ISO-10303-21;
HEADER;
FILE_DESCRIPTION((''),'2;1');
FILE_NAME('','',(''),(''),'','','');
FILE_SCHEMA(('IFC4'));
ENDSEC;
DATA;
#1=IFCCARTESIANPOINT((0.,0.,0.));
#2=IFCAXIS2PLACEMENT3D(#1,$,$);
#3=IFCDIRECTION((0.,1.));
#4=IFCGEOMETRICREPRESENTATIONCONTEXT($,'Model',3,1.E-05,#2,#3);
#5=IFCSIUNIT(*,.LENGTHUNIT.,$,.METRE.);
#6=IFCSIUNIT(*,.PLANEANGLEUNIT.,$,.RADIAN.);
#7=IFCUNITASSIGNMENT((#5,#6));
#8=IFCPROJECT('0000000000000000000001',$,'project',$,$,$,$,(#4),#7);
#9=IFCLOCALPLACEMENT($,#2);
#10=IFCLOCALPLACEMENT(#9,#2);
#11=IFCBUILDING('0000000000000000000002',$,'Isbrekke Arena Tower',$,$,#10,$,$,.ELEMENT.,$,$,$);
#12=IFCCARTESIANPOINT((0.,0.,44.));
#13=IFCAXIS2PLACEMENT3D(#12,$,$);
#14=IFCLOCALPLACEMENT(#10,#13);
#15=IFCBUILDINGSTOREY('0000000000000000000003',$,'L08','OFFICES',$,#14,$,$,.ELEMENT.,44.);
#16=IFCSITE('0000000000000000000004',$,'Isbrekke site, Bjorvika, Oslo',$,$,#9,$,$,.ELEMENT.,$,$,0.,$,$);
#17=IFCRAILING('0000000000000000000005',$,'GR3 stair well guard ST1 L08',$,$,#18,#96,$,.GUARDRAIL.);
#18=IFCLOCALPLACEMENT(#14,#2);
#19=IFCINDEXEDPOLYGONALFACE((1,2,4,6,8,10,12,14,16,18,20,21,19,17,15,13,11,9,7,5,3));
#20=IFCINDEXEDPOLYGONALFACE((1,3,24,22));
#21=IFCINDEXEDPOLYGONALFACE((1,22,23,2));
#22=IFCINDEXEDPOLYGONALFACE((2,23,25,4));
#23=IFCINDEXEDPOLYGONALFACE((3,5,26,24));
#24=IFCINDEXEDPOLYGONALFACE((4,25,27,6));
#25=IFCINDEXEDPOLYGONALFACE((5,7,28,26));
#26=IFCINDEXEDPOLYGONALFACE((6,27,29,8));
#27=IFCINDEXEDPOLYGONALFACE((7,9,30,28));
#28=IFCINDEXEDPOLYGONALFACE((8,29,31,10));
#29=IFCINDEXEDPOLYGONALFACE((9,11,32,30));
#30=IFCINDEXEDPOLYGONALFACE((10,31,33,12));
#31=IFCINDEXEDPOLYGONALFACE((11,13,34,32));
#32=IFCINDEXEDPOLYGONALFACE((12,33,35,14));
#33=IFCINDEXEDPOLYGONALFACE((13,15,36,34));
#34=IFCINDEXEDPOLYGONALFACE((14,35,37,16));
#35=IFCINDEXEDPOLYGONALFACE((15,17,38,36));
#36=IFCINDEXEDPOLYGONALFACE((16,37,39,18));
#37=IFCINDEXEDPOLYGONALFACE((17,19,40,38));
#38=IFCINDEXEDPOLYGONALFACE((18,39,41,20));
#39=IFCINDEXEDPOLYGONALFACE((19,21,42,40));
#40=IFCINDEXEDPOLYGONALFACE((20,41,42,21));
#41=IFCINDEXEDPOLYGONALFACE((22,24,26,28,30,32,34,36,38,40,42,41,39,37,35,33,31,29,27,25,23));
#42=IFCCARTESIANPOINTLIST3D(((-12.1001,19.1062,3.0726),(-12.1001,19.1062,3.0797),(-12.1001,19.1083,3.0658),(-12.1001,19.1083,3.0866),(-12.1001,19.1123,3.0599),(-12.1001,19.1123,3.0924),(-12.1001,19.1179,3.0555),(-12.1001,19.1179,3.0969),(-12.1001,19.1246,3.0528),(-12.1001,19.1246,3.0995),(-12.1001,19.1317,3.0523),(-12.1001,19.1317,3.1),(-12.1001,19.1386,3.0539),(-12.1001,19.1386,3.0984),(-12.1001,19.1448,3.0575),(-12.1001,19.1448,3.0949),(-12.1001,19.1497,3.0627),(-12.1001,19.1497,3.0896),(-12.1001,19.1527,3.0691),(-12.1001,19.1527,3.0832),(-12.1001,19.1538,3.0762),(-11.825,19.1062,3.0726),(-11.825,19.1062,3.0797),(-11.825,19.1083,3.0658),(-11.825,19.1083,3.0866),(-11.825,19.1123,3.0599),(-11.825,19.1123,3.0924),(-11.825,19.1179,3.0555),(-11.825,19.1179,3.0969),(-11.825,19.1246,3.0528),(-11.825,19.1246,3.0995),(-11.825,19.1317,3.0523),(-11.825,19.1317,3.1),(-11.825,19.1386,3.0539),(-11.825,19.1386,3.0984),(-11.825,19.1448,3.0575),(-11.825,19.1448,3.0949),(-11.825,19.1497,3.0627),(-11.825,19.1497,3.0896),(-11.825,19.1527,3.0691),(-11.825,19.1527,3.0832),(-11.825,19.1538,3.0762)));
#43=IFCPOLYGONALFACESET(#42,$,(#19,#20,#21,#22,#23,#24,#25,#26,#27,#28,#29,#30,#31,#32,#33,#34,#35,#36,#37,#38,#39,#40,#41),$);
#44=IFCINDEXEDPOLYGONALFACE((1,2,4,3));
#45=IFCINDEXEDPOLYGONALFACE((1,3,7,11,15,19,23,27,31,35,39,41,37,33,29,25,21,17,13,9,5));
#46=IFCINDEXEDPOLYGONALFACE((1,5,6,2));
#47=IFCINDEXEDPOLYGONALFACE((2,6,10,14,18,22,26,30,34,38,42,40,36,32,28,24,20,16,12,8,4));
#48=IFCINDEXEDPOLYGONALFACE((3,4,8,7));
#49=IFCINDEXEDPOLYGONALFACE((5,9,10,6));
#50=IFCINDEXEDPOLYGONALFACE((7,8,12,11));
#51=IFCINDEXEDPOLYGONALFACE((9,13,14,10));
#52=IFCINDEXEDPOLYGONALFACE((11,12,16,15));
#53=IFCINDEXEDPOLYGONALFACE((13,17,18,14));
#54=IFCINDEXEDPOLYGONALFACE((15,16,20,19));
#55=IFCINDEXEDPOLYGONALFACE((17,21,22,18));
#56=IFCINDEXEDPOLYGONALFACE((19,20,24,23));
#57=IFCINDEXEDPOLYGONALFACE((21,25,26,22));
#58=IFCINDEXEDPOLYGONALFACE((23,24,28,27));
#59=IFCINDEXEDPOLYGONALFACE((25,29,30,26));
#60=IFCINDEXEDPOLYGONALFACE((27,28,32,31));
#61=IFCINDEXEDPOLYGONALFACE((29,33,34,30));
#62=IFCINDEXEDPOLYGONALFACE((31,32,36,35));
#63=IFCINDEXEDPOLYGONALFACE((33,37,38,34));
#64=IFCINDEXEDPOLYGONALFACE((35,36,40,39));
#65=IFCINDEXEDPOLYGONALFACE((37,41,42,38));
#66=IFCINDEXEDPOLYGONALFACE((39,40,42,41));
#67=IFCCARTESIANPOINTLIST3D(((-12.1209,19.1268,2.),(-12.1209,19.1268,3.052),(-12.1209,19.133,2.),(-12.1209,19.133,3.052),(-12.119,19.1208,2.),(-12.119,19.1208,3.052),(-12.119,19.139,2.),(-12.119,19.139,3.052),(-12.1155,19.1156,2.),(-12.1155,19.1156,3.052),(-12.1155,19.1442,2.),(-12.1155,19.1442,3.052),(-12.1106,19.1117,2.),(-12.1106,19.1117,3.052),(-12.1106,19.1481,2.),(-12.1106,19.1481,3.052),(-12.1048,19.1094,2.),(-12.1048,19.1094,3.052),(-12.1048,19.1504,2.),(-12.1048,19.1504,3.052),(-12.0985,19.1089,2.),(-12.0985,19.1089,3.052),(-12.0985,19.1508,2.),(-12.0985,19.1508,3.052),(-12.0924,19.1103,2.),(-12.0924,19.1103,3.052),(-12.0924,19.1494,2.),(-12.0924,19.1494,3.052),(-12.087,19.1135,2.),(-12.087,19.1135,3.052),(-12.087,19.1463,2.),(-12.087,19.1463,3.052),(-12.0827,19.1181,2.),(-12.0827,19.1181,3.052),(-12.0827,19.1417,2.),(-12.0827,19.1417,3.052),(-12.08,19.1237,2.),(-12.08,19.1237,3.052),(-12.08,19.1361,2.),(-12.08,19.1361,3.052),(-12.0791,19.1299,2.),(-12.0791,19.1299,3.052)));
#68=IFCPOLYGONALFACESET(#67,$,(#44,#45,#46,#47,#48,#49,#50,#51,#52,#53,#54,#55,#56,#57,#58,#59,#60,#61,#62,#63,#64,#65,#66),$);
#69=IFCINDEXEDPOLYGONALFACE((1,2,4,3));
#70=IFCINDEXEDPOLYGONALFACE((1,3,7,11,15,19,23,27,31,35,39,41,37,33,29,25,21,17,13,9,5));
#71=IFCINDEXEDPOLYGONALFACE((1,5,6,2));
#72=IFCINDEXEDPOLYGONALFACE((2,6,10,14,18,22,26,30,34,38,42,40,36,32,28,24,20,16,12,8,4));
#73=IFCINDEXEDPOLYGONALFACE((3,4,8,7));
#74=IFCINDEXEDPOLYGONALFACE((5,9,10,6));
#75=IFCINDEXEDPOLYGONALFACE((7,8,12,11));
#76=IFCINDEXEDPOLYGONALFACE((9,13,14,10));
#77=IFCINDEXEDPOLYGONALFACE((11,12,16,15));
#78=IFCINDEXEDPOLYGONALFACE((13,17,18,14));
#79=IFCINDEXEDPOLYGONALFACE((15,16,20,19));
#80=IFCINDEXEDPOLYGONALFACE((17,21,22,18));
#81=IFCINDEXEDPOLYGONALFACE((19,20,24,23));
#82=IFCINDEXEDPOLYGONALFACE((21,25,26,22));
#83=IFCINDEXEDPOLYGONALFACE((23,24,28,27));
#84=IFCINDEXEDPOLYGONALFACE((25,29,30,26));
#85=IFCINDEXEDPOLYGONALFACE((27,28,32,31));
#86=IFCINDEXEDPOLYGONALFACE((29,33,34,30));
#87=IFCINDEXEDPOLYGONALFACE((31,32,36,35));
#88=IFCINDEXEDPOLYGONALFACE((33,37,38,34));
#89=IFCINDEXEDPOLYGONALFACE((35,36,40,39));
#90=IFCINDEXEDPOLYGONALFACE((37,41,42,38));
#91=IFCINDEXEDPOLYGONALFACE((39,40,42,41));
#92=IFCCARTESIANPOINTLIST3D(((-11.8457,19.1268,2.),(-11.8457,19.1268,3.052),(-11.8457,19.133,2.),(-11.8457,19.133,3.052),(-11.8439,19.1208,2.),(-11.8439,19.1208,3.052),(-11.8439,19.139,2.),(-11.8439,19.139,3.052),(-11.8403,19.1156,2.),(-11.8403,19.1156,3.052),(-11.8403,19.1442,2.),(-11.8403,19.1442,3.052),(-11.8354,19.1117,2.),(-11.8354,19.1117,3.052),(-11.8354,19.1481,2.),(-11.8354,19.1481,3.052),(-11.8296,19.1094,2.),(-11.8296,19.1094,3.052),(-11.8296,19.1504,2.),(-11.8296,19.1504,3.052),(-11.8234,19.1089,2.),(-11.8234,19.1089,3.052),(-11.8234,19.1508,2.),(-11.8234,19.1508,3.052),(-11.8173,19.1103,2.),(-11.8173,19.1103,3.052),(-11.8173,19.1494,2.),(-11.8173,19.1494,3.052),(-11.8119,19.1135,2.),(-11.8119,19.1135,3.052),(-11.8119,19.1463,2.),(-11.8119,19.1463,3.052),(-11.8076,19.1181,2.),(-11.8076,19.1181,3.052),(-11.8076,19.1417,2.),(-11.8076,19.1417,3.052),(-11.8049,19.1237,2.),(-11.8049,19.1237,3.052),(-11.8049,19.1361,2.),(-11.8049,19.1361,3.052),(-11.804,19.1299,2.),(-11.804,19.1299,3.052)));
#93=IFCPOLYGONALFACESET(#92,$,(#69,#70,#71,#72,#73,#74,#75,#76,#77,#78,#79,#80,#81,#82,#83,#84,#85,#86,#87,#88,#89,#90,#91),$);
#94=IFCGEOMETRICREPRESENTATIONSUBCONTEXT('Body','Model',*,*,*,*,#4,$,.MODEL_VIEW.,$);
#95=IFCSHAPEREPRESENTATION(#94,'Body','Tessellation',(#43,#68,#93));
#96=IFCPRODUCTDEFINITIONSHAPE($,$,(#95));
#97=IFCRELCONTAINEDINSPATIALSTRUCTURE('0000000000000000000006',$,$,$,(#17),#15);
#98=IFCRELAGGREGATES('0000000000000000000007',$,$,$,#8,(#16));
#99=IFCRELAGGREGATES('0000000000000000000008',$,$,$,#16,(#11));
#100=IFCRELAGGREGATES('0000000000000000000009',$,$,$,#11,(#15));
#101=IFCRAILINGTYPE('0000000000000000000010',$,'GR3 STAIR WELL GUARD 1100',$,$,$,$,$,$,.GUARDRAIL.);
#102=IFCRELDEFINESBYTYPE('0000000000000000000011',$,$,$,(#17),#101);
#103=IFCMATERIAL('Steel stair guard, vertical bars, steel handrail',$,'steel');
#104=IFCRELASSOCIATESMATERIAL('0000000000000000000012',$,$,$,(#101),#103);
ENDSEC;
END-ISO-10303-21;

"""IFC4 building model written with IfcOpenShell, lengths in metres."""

from ifc_helpers import new_model, si_unit, direction, frame, origin, origin_2d, place, context, subcontext, project, spatial, circle, extrude, material, type_object, element, save


model = new_model("IFC4")

# Units and contexts
model_context = context("Model", 3, precision=1e-05, world=origin(), true_north=direction((0.0, 1.0)))
body_context = subcontext(model_context, "Body", "Model", "MODEL_VIEW")
ifc_project = project(units=[si_unit("LENGTHUNIT", "METRE"), si_unit("PLANEANGLEUNIT", "RADIAN")], contexts=[model_context])

# Site, building, storey
site_placement = place(None, origin())
site = spatial("IfcSite", under=ifc_project, at=site_placement, Name="Isbrekke site, Bjorvika, Oslo", CompositionType="ELEMENT", RefElevation=0.0)
building_placement = place(site_placement, origin())
building = spatial("IfcBuilding", under=site, at=building_placement, Name="Isbrekke Arena Tower", CompositionType="ELEMENT")
storey_placement = place(building_placement, frame((0.0, 0.0, 44.0)))
storey = spatial("IfcBuildingStorey", under=building, at=storey_placement, Name="L08", Description="OFFICES", CompositionType="ELEMENT", Elevation=44.0)

# Railing
ifc_material_1 = material(Name="Steel stair guard, vertical bars, steel handrail", Category="steel")
railing_type = type_object("IfcRailingType", Name="GR3 STAIR WELL GUARD 1100", PredefinedType="GUARDRAIL", material=ifc_material_1)
for number, where, name in (
    (1, (-12.1001, 19.1299, 2.0), "GR3 stair well guard ST1 L08"),
):
    element("IfcRailing", number, at=place(storey_placement, frame(where)), inside=storey, type_object=railing_type, Name=name, PredefinedType="GUARDRAIL", context=body_context, shape_type="SweptSolid", body=[
        extrude(circle(Radius=0.0239, at=origin_2d()), frame((0.0, 0.0, 1.0762), z_axis=(1.0, 0.0, 0.0), x_axis=(0.0, 1.0, 0.0)), (0.0, 0.0, 1.0), 0.2751),
        extrude(circle(Radius=0.021, at=origin_2d()), origin(), (0.0, 0.0, 1.0), 1.052),
        extrude(circle(Radius=0.021, at=origin_2d()), frame((0.2751, 0.0, 0.0)), (0.0, 0.0, 1.0), 1.052),
    ])

save(model, "model.ifc")
